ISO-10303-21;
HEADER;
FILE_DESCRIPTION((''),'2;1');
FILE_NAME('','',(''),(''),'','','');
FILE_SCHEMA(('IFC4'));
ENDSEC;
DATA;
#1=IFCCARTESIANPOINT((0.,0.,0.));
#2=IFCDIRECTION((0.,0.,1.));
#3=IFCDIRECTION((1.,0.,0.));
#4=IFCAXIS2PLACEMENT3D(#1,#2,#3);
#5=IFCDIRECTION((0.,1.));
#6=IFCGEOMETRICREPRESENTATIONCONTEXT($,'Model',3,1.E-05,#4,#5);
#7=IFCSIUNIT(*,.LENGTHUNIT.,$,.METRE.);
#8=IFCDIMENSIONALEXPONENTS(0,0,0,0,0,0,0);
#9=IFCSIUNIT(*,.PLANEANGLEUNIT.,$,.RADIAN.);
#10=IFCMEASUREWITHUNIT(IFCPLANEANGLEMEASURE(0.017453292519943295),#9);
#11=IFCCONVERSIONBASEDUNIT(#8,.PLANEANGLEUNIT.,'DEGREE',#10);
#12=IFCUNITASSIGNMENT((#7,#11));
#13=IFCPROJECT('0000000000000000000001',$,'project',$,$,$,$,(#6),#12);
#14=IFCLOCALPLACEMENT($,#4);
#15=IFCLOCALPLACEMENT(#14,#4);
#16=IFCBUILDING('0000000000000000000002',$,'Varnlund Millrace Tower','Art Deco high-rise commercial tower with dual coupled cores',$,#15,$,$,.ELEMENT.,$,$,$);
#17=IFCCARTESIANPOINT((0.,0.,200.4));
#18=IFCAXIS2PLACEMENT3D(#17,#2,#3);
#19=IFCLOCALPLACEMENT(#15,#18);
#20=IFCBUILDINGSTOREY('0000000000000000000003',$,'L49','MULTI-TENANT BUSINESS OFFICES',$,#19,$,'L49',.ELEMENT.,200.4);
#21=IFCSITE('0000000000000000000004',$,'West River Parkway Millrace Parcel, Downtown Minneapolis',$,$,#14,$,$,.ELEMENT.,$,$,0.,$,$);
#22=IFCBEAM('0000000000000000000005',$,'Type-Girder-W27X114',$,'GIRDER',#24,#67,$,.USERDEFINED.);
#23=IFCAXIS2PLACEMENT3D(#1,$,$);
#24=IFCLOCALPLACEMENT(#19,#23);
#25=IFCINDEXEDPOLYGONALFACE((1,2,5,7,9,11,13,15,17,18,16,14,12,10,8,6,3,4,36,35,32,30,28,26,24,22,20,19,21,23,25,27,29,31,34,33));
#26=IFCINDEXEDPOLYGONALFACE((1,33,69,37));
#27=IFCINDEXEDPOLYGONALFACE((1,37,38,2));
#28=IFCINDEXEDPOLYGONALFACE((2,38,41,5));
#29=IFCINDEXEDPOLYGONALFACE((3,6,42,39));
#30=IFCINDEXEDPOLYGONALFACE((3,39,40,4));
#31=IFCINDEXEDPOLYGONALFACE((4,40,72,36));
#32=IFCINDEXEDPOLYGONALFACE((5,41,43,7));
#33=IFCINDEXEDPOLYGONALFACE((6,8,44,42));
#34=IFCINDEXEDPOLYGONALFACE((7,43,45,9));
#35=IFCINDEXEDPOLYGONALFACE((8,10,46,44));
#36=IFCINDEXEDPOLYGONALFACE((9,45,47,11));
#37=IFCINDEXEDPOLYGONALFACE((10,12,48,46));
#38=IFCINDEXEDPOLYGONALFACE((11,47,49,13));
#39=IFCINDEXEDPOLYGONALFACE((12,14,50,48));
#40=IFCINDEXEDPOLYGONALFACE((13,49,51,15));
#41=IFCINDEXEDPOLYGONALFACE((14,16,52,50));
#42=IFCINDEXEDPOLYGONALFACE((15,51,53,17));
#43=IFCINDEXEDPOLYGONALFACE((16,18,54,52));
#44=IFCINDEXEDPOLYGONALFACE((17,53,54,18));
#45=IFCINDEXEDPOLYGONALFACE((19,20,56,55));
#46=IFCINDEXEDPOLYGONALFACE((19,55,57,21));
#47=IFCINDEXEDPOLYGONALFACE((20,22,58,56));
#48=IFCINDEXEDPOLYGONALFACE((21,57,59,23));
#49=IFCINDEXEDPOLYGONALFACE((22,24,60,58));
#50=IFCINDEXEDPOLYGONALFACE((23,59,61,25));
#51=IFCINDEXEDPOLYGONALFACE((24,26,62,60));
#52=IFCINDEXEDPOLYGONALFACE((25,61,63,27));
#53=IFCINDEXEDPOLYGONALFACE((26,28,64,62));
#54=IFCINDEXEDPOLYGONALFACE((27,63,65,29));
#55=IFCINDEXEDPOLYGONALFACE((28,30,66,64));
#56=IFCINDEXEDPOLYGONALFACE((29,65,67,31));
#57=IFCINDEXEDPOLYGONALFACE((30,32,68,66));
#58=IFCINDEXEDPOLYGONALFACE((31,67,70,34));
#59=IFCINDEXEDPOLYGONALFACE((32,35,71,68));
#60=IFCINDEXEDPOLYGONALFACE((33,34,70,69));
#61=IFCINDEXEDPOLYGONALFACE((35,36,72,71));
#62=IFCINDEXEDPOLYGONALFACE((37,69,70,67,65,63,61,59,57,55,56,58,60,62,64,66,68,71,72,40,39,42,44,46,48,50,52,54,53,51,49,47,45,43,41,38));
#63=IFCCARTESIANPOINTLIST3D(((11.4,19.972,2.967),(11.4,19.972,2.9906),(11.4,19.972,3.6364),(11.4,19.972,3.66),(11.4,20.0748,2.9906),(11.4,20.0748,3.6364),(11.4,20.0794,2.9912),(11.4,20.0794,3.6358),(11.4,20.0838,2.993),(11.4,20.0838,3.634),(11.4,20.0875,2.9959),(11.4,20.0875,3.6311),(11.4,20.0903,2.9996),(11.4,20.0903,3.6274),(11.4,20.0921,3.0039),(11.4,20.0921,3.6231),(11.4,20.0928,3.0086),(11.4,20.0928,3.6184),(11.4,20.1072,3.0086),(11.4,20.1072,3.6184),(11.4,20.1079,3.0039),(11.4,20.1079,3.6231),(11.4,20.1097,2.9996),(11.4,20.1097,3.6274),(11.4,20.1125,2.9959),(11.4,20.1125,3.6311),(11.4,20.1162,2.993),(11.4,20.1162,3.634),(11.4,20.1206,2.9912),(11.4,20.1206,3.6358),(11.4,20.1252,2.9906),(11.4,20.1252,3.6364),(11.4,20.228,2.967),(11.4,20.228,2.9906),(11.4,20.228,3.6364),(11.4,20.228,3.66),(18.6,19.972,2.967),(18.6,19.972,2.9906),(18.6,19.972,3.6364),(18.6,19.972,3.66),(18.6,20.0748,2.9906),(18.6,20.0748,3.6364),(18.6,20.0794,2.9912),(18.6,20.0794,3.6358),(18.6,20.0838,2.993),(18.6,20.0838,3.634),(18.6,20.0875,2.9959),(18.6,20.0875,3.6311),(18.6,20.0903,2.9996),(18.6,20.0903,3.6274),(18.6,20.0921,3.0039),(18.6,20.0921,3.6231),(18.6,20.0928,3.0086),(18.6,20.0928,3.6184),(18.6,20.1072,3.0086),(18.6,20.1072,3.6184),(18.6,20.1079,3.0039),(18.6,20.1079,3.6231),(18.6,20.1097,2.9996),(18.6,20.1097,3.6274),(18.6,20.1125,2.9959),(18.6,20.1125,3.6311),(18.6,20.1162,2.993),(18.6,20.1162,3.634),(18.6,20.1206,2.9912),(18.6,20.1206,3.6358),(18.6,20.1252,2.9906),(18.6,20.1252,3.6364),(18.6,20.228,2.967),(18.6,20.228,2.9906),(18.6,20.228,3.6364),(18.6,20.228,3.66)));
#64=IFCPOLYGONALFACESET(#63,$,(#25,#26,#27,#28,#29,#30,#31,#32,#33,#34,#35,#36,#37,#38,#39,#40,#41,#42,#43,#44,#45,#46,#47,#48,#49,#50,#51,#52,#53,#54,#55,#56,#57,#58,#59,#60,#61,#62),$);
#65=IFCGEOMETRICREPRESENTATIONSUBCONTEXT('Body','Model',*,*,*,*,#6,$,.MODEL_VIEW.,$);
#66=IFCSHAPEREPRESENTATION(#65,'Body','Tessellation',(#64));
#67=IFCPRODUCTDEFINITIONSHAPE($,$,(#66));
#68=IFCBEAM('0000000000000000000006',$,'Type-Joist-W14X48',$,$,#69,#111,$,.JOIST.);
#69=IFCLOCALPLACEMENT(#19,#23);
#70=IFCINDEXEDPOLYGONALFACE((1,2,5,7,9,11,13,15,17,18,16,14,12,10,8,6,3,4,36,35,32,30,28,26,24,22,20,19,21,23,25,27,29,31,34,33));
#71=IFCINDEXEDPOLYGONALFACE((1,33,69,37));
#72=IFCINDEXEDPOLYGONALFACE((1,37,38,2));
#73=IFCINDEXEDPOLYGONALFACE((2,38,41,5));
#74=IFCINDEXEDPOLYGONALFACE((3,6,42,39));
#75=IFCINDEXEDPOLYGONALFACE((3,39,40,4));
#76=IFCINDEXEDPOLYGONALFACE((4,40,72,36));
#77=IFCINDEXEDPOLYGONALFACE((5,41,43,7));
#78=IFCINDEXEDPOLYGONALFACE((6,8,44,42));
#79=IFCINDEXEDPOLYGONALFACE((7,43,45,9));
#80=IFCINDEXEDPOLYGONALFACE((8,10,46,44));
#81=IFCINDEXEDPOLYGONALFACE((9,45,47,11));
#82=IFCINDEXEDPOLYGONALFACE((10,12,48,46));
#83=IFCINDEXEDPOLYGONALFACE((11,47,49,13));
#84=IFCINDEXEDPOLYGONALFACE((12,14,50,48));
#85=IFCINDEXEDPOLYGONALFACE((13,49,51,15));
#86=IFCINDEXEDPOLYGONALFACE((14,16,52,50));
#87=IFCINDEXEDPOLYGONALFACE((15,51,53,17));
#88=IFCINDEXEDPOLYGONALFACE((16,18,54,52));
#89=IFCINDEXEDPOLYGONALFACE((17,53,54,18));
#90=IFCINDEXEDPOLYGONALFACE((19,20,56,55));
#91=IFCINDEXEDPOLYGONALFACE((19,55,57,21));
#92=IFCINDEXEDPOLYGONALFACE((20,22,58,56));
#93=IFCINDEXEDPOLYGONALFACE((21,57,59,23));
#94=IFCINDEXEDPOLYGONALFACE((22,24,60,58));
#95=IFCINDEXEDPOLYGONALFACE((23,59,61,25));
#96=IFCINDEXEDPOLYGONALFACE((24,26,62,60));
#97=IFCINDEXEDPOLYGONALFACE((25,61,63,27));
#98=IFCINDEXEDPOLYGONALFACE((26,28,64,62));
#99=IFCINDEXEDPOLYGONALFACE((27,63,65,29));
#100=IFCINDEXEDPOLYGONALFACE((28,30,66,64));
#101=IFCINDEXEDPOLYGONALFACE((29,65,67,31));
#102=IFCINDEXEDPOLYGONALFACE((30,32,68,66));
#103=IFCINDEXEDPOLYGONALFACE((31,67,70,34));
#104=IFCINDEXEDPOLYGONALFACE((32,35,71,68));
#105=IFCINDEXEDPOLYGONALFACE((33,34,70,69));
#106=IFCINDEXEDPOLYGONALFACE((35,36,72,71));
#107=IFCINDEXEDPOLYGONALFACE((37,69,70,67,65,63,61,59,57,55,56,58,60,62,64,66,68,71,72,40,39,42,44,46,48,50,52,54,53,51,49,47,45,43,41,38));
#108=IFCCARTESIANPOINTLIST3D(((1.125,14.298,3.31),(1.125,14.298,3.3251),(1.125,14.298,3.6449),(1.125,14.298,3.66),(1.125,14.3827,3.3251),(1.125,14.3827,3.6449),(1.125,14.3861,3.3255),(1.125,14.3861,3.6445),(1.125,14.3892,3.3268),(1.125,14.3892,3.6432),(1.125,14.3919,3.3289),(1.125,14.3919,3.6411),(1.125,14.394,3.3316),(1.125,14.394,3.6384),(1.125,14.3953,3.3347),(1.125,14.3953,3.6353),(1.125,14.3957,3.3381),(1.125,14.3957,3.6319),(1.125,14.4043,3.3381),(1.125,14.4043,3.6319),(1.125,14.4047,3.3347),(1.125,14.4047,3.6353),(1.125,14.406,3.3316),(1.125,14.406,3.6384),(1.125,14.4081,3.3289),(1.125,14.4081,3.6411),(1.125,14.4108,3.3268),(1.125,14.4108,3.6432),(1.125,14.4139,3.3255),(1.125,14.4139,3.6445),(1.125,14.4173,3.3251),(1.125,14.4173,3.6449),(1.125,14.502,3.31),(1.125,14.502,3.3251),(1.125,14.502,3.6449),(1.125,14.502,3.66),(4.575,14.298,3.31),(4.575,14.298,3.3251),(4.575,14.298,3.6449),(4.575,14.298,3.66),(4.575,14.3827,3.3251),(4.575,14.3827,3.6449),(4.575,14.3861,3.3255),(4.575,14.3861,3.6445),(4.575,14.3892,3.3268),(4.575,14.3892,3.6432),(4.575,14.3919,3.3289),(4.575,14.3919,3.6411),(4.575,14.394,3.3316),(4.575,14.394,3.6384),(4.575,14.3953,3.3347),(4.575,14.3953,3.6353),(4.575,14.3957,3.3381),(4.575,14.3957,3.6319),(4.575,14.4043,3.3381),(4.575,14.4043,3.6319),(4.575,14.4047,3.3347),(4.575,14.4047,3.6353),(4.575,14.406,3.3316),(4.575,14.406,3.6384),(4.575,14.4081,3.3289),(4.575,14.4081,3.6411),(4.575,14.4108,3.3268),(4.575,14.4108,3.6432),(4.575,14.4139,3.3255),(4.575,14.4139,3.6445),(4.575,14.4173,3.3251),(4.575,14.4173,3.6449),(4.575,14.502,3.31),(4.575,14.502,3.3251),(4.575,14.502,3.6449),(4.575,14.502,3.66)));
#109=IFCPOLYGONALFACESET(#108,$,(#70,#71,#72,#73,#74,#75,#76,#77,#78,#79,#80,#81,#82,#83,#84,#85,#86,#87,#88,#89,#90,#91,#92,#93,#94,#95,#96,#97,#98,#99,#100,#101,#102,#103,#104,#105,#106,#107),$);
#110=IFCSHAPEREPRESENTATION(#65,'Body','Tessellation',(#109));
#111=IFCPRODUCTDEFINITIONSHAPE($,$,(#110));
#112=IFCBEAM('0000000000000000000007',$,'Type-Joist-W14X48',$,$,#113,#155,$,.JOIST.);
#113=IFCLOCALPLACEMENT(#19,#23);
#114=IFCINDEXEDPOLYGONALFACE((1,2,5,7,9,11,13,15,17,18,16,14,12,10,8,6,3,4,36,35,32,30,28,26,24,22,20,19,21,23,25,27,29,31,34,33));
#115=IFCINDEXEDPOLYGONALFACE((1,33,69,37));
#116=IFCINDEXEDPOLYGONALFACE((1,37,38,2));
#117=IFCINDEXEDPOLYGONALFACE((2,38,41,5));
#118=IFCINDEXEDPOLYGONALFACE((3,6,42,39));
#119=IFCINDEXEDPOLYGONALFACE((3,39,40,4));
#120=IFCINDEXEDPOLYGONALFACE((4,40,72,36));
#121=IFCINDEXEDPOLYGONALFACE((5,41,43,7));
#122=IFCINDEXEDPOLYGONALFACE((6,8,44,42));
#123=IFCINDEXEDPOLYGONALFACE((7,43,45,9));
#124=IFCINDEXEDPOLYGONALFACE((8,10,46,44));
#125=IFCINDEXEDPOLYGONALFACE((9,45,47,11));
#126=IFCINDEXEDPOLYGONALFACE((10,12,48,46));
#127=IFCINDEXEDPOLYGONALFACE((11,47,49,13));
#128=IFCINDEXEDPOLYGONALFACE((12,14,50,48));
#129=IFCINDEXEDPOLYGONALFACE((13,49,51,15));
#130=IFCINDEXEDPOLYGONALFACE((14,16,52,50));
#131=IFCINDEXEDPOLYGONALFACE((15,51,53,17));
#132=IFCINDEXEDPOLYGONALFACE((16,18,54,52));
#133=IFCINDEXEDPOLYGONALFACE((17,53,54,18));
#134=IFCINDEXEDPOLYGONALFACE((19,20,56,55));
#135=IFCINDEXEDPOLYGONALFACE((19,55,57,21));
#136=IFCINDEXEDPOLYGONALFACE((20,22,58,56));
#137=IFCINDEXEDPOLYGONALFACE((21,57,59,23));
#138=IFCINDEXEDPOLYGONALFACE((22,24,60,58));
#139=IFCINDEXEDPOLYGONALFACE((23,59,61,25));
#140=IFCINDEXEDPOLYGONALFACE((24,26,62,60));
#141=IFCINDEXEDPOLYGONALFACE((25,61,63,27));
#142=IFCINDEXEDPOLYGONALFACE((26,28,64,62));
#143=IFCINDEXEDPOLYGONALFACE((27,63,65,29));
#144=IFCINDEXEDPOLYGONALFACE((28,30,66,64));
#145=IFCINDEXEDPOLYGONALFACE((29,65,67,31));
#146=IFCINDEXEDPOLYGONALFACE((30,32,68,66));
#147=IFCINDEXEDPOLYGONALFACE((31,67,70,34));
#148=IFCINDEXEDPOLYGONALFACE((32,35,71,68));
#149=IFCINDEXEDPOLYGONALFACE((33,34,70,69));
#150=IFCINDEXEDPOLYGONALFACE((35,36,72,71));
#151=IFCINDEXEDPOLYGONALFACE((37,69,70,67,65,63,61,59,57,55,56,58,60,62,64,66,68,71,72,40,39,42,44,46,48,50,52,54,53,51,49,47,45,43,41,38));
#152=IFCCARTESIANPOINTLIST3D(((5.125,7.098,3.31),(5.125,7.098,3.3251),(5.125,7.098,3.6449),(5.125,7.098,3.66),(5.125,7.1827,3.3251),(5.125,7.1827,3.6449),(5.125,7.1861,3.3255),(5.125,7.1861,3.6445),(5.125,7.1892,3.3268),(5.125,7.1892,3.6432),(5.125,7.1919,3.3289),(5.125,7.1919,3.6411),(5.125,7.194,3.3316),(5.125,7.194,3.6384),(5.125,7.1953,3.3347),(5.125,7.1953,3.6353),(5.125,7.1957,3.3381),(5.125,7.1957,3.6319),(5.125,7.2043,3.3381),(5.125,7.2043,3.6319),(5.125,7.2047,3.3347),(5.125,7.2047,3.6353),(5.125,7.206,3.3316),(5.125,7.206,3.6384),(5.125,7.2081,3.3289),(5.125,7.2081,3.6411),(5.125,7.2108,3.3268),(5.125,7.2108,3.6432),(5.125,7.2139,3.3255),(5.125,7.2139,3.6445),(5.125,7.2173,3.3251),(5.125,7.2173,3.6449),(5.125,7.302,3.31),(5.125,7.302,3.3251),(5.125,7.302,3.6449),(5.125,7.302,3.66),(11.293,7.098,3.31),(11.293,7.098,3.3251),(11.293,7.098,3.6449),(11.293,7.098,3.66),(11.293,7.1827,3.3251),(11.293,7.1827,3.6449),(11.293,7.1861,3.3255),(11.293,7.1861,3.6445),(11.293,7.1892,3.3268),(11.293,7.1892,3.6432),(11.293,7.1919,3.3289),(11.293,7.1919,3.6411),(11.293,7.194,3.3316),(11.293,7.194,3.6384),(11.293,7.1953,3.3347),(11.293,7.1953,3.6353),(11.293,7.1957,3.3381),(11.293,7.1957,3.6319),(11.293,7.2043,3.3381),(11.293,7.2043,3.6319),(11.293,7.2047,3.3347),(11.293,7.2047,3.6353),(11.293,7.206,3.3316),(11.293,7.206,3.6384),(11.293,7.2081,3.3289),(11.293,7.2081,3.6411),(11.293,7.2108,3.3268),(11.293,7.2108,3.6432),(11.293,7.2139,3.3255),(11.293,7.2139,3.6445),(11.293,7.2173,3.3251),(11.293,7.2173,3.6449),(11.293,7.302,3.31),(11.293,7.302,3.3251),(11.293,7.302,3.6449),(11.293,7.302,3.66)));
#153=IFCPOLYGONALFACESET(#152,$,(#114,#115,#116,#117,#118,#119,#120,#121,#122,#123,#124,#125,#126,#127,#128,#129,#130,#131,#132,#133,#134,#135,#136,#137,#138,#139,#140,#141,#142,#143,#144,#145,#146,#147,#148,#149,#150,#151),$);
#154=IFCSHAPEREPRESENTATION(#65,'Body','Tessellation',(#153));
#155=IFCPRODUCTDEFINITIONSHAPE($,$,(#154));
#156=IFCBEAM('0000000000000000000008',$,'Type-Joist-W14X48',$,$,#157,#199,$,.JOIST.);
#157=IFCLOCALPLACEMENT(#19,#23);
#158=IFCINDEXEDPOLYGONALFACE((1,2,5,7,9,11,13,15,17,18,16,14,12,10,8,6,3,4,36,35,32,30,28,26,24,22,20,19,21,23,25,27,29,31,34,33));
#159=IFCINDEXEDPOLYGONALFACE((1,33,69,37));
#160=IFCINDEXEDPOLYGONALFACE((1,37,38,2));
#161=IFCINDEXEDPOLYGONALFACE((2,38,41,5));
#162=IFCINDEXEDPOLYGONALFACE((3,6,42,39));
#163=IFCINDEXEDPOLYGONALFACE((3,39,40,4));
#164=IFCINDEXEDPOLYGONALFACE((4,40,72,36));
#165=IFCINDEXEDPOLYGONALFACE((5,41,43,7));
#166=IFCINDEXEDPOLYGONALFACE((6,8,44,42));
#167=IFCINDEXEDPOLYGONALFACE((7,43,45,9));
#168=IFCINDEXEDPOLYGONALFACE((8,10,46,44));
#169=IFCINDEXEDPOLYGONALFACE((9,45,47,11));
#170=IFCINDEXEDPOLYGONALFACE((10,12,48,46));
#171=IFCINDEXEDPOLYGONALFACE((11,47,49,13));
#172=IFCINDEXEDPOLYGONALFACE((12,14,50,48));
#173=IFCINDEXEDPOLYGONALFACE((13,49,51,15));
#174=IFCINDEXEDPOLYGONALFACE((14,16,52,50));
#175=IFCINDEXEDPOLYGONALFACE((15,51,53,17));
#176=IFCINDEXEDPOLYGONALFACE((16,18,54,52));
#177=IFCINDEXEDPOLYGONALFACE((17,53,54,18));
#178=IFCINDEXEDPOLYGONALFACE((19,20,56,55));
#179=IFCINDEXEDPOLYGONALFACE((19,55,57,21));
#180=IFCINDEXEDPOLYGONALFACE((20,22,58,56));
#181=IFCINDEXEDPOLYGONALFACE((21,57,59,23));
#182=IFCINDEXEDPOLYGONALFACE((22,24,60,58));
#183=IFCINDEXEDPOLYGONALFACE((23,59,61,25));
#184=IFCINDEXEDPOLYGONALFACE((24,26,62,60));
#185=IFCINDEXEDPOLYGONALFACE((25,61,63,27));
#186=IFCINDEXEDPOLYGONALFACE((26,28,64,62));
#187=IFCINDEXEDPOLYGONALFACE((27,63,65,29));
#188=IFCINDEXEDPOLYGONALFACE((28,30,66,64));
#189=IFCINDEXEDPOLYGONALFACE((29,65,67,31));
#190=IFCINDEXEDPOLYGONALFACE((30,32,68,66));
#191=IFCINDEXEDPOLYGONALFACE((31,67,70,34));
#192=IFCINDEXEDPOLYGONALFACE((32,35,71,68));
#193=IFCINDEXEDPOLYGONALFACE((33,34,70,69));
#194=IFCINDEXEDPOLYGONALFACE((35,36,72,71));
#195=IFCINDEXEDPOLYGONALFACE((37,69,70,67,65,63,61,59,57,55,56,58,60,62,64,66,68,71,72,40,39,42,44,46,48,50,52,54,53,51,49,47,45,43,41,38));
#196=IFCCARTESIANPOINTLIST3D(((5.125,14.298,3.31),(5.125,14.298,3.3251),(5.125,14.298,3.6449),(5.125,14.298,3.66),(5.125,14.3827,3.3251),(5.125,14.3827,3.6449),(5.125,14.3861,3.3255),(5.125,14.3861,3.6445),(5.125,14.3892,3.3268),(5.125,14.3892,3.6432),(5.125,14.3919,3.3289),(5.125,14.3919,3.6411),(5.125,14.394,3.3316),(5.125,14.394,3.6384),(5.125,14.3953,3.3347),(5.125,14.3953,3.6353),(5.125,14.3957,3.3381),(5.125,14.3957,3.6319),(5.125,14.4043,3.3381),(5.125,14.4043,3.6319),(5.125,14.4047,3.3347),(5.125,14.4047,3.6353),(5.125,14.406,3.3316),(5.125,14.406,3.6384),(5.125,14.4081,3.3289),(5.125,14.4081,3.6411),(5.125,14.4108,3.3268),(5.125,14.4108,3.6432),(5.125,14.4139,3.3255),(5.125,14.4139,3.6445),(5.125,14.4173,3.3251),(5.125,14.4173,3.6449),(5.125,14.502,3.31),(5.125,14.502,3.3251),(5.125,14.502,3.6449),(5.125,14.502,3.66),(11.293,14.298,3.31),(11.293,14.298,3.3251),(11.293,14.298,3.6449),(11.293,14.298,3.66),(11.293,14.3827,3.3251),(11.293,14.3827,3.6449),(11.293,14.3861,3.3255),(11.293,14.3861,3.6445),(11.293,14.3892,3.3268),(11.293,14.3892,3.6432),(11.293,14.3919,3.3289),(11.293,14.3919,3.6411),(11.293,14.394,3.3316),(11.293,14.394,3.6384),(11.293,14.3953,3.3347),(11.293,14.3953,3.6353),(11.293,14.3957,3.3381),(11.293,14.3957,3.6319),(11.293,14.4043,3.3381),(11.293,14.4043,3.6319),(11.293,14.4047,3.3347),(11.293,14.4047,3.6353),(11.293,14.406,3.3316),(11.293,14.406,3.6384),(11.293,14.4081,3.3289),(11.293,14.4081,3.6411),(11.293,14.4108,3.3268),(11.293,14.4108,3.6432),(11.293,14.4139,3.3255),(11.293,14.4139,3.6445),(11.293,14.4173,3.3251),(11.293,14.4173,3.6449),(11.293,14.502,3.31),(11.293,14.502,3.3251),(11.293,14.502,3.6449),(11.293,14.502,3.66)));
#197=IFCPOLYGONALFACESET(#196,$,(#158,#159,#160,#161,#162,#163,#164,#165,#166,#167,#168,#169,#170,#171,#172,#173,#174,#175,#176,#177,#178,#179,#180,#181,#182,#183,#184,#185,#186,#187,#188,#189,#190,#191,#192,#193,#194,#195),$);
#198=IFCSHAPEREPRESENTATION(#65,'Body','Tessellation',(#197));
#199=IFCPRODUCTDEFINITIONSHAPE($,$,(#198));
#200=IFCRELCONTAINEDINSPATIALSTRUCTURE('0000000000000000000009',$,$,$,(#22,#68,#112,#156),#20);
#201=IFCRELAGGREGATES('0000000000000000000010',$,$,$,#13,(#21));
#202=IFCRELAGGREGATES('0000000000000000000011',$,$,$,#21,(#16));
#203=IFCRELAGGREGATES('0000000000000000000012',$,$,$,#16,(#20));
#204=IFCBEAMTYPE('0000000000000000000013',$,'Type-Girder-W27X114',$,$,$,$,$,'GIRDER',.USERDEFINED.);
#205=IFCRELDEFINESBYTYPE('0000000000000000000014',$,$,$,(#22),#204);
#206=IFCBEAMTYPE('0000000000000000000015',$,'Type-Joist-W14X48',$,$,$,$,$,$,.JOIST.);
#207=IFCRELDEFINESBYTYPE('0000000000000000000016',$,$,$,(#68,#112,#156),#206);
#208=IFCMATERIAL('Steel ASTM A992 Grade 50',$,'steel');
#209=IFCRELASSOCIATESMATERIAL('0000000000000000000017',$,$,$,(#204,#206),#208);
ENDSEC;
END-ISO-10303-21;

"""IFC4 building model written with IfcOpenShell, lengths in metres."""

from ifc_helpers import new_model, entity, si_unit, converted_unit, direction, frame, origin_with_axes, origin_2d_with_axis, place, context, subcontext, project, spatial, i_section, extrude, material, material_profile, profile_set, type_object, element, save


model = new_model("IFC4")

# Units and contexts
model_context = context("Model", 3, precision=1e-05, world=origin_with_axes(), true_north=direction((0.0, 1.0)))
body_context = subcontext(model_context, "Body", "Model", "MODEL_VIEW")
ifc_project = project(units=[si_unit("LENGTHUNIT", "METRE"), converted_unit("PLANEANGLEUNIT", "DEGREE", entity("IfcPlaneAngleMeasure", 0.017453292519943295), si_unit("PLANEANGLEUNIT", "RADIAN"), dimensions=[0, 0, 0, 0, 0, 0, 0])], contexts=[model_context])

# Site, building, storey
site_placement = place(None, origin_with_axes())
site = spatial("IfcSite", under=ifc_project, at=site_placement, Name="West River Parkway Millrace Parcel, Downtown Minneapolis", CompositionType="ELEMENT", RefElevation=0.0)
building_placement = place(site_placement, origin_with_axes())
building = spatial("IfcBuilding", under=site, at=building_placement, Name="Varnlund Millrace Tower", Description="Art Deco high-rise commercial tower with dual coupled cores", CompositionType="ELEMENT")
storey_placement = place(building_placement, frame((0.0, 0.0, 200.4), z_axis=(0.0, 0.0, 1.0), x_axis=(1.0, 0.0, 0.0)))
storey = spatial("IfcBuildingStorey", under=building, at=storey_placement, Name="L49", Description="MULTI-TENANT BUSINESS OFFICES", LongName="L49", CompositionType="ELEMENT", Elevation=200.4)

# Beams
ifc_material_1 = material(Name="Steel ASTM A992 Grade 50", Category="steel")
ifc_material_profile_1 = material_profile(ifc_material_1, i_section(OverallWidth=0.256, OverallDepth=0.693, WebThickness=0.0145, FlangeThickness=0.0236, FilletRadius=0.018, at=origin_2d_with_axis()), Name="Steel ASTM A992 Grade 50")
ifc_profile_set_1 = profile_set([ifc_material_profile_1], Name="Steel ASTM A992 Grade 50")
beam_type_1 = type_object("IfcBeamType", Name="Type-Girder-W27X114", ElementType="GIRDER", PredefinedType="USERDEFINED", material=ifc_profile_set_1)
beam_1_placement = place(storey_placement, frame((11.4, 20.1, 3.3135), z_axis=(1.0, 0.0, 0.0), x_axis=(0.0, 1.0, 0.0)))
element("IfcBeam", 1, at=beam_1_placement, inside=storey, type_object=beam_type_1, Name="Type-Girder-W27X114", ObjectType="GIRDER", PredefinedType="USERDEFINED", context=body_context, shape_type="SweptSolid", body=[
    extrude(i_section(OverallWidth=0.256, OverallDepth=0.693, WebThickness=0.0145, FlangeThickness=0.0236, FilletRadius=0.018, at=origin_2d_with_axis()), origin_with_axes(), (0.0, 0.0, 1.0), 7.2),
])
ifc_material_profile_2 = material_profile(ifc_material_1, i_section(OverallWidth=0.204, OverallDepth=0.35, WebThickness=0.0086, FlangeThickness=0.0151, FilletRadius=0.013, at=origin_2d_with_axis()), Name="Steel ASTM A992 Grade 50")
ifc_profile_set_2 = profile_set([ifc_material_profile_2], Name="Steel ASTM A992 Grade 50")
beam_type_2 = type_object("IfcBeamType", Name="Type-Joist-W14X48", PredefinedType="JOIST", material=ifc_profile_set_2)
beam_2_placement = place(storey_placement, frame((1.125, 14.4, 3.485), z_axis=(1.0, 0.0, 0.0), x_axis=(0.0, 1.0, 0.0)))
element("IfcBeam", 2, at=beam_2_placement, inside=storey, type_object=beam_type_2, Name="Type-Joist-W14X48", PredefinedType="JOIST", context=body_context, shape_type="SweptSolid", body=[
    extrude(i_section(OverallWidth=0.204, OverallDepth=0.35, WebThickness=0.0086, FlangeThickness=0.0151, FilletRadius=0.013, at=origin_2d_with_axis()), origin_with_axes(), (0.0, 0.0, 1.0), 3.45),
])
for number, where, z_axis, x_axis, name in (
    (3, (5.125, 7.2, 3.485), (1.0, 0.0, 0.0), (0.0, 1.0, 0.0), "Type-Joist-W14X48"),
    (4, (5.125, 14.4, 3.485), (1.0, 0.0, 0.0), (0.0, 1.0, 0.0), "Type-Joist-W14X48"),
):
    element("IfcBeam", number, at=place(storey_placement, frame(where, z_axis=z_axis, x_axis=x_axis)), inside=storey, type_object=beam_type_2, Name=name, PredefinedType="JOIST", context=body_context, shape_type="SweptSolid", body=[
        extrude(i_section(OverallWidth=0.204, OverallDepth=0.35, WebThickness=0.0086, FlangeThickness=0.0151, FilletRadius=0.013, at=origin_2d_with_axis()), origin_with_axes(), (0.0, 0.0, 1.0), 6.168),
    ])

save(model, "model.ifc")
